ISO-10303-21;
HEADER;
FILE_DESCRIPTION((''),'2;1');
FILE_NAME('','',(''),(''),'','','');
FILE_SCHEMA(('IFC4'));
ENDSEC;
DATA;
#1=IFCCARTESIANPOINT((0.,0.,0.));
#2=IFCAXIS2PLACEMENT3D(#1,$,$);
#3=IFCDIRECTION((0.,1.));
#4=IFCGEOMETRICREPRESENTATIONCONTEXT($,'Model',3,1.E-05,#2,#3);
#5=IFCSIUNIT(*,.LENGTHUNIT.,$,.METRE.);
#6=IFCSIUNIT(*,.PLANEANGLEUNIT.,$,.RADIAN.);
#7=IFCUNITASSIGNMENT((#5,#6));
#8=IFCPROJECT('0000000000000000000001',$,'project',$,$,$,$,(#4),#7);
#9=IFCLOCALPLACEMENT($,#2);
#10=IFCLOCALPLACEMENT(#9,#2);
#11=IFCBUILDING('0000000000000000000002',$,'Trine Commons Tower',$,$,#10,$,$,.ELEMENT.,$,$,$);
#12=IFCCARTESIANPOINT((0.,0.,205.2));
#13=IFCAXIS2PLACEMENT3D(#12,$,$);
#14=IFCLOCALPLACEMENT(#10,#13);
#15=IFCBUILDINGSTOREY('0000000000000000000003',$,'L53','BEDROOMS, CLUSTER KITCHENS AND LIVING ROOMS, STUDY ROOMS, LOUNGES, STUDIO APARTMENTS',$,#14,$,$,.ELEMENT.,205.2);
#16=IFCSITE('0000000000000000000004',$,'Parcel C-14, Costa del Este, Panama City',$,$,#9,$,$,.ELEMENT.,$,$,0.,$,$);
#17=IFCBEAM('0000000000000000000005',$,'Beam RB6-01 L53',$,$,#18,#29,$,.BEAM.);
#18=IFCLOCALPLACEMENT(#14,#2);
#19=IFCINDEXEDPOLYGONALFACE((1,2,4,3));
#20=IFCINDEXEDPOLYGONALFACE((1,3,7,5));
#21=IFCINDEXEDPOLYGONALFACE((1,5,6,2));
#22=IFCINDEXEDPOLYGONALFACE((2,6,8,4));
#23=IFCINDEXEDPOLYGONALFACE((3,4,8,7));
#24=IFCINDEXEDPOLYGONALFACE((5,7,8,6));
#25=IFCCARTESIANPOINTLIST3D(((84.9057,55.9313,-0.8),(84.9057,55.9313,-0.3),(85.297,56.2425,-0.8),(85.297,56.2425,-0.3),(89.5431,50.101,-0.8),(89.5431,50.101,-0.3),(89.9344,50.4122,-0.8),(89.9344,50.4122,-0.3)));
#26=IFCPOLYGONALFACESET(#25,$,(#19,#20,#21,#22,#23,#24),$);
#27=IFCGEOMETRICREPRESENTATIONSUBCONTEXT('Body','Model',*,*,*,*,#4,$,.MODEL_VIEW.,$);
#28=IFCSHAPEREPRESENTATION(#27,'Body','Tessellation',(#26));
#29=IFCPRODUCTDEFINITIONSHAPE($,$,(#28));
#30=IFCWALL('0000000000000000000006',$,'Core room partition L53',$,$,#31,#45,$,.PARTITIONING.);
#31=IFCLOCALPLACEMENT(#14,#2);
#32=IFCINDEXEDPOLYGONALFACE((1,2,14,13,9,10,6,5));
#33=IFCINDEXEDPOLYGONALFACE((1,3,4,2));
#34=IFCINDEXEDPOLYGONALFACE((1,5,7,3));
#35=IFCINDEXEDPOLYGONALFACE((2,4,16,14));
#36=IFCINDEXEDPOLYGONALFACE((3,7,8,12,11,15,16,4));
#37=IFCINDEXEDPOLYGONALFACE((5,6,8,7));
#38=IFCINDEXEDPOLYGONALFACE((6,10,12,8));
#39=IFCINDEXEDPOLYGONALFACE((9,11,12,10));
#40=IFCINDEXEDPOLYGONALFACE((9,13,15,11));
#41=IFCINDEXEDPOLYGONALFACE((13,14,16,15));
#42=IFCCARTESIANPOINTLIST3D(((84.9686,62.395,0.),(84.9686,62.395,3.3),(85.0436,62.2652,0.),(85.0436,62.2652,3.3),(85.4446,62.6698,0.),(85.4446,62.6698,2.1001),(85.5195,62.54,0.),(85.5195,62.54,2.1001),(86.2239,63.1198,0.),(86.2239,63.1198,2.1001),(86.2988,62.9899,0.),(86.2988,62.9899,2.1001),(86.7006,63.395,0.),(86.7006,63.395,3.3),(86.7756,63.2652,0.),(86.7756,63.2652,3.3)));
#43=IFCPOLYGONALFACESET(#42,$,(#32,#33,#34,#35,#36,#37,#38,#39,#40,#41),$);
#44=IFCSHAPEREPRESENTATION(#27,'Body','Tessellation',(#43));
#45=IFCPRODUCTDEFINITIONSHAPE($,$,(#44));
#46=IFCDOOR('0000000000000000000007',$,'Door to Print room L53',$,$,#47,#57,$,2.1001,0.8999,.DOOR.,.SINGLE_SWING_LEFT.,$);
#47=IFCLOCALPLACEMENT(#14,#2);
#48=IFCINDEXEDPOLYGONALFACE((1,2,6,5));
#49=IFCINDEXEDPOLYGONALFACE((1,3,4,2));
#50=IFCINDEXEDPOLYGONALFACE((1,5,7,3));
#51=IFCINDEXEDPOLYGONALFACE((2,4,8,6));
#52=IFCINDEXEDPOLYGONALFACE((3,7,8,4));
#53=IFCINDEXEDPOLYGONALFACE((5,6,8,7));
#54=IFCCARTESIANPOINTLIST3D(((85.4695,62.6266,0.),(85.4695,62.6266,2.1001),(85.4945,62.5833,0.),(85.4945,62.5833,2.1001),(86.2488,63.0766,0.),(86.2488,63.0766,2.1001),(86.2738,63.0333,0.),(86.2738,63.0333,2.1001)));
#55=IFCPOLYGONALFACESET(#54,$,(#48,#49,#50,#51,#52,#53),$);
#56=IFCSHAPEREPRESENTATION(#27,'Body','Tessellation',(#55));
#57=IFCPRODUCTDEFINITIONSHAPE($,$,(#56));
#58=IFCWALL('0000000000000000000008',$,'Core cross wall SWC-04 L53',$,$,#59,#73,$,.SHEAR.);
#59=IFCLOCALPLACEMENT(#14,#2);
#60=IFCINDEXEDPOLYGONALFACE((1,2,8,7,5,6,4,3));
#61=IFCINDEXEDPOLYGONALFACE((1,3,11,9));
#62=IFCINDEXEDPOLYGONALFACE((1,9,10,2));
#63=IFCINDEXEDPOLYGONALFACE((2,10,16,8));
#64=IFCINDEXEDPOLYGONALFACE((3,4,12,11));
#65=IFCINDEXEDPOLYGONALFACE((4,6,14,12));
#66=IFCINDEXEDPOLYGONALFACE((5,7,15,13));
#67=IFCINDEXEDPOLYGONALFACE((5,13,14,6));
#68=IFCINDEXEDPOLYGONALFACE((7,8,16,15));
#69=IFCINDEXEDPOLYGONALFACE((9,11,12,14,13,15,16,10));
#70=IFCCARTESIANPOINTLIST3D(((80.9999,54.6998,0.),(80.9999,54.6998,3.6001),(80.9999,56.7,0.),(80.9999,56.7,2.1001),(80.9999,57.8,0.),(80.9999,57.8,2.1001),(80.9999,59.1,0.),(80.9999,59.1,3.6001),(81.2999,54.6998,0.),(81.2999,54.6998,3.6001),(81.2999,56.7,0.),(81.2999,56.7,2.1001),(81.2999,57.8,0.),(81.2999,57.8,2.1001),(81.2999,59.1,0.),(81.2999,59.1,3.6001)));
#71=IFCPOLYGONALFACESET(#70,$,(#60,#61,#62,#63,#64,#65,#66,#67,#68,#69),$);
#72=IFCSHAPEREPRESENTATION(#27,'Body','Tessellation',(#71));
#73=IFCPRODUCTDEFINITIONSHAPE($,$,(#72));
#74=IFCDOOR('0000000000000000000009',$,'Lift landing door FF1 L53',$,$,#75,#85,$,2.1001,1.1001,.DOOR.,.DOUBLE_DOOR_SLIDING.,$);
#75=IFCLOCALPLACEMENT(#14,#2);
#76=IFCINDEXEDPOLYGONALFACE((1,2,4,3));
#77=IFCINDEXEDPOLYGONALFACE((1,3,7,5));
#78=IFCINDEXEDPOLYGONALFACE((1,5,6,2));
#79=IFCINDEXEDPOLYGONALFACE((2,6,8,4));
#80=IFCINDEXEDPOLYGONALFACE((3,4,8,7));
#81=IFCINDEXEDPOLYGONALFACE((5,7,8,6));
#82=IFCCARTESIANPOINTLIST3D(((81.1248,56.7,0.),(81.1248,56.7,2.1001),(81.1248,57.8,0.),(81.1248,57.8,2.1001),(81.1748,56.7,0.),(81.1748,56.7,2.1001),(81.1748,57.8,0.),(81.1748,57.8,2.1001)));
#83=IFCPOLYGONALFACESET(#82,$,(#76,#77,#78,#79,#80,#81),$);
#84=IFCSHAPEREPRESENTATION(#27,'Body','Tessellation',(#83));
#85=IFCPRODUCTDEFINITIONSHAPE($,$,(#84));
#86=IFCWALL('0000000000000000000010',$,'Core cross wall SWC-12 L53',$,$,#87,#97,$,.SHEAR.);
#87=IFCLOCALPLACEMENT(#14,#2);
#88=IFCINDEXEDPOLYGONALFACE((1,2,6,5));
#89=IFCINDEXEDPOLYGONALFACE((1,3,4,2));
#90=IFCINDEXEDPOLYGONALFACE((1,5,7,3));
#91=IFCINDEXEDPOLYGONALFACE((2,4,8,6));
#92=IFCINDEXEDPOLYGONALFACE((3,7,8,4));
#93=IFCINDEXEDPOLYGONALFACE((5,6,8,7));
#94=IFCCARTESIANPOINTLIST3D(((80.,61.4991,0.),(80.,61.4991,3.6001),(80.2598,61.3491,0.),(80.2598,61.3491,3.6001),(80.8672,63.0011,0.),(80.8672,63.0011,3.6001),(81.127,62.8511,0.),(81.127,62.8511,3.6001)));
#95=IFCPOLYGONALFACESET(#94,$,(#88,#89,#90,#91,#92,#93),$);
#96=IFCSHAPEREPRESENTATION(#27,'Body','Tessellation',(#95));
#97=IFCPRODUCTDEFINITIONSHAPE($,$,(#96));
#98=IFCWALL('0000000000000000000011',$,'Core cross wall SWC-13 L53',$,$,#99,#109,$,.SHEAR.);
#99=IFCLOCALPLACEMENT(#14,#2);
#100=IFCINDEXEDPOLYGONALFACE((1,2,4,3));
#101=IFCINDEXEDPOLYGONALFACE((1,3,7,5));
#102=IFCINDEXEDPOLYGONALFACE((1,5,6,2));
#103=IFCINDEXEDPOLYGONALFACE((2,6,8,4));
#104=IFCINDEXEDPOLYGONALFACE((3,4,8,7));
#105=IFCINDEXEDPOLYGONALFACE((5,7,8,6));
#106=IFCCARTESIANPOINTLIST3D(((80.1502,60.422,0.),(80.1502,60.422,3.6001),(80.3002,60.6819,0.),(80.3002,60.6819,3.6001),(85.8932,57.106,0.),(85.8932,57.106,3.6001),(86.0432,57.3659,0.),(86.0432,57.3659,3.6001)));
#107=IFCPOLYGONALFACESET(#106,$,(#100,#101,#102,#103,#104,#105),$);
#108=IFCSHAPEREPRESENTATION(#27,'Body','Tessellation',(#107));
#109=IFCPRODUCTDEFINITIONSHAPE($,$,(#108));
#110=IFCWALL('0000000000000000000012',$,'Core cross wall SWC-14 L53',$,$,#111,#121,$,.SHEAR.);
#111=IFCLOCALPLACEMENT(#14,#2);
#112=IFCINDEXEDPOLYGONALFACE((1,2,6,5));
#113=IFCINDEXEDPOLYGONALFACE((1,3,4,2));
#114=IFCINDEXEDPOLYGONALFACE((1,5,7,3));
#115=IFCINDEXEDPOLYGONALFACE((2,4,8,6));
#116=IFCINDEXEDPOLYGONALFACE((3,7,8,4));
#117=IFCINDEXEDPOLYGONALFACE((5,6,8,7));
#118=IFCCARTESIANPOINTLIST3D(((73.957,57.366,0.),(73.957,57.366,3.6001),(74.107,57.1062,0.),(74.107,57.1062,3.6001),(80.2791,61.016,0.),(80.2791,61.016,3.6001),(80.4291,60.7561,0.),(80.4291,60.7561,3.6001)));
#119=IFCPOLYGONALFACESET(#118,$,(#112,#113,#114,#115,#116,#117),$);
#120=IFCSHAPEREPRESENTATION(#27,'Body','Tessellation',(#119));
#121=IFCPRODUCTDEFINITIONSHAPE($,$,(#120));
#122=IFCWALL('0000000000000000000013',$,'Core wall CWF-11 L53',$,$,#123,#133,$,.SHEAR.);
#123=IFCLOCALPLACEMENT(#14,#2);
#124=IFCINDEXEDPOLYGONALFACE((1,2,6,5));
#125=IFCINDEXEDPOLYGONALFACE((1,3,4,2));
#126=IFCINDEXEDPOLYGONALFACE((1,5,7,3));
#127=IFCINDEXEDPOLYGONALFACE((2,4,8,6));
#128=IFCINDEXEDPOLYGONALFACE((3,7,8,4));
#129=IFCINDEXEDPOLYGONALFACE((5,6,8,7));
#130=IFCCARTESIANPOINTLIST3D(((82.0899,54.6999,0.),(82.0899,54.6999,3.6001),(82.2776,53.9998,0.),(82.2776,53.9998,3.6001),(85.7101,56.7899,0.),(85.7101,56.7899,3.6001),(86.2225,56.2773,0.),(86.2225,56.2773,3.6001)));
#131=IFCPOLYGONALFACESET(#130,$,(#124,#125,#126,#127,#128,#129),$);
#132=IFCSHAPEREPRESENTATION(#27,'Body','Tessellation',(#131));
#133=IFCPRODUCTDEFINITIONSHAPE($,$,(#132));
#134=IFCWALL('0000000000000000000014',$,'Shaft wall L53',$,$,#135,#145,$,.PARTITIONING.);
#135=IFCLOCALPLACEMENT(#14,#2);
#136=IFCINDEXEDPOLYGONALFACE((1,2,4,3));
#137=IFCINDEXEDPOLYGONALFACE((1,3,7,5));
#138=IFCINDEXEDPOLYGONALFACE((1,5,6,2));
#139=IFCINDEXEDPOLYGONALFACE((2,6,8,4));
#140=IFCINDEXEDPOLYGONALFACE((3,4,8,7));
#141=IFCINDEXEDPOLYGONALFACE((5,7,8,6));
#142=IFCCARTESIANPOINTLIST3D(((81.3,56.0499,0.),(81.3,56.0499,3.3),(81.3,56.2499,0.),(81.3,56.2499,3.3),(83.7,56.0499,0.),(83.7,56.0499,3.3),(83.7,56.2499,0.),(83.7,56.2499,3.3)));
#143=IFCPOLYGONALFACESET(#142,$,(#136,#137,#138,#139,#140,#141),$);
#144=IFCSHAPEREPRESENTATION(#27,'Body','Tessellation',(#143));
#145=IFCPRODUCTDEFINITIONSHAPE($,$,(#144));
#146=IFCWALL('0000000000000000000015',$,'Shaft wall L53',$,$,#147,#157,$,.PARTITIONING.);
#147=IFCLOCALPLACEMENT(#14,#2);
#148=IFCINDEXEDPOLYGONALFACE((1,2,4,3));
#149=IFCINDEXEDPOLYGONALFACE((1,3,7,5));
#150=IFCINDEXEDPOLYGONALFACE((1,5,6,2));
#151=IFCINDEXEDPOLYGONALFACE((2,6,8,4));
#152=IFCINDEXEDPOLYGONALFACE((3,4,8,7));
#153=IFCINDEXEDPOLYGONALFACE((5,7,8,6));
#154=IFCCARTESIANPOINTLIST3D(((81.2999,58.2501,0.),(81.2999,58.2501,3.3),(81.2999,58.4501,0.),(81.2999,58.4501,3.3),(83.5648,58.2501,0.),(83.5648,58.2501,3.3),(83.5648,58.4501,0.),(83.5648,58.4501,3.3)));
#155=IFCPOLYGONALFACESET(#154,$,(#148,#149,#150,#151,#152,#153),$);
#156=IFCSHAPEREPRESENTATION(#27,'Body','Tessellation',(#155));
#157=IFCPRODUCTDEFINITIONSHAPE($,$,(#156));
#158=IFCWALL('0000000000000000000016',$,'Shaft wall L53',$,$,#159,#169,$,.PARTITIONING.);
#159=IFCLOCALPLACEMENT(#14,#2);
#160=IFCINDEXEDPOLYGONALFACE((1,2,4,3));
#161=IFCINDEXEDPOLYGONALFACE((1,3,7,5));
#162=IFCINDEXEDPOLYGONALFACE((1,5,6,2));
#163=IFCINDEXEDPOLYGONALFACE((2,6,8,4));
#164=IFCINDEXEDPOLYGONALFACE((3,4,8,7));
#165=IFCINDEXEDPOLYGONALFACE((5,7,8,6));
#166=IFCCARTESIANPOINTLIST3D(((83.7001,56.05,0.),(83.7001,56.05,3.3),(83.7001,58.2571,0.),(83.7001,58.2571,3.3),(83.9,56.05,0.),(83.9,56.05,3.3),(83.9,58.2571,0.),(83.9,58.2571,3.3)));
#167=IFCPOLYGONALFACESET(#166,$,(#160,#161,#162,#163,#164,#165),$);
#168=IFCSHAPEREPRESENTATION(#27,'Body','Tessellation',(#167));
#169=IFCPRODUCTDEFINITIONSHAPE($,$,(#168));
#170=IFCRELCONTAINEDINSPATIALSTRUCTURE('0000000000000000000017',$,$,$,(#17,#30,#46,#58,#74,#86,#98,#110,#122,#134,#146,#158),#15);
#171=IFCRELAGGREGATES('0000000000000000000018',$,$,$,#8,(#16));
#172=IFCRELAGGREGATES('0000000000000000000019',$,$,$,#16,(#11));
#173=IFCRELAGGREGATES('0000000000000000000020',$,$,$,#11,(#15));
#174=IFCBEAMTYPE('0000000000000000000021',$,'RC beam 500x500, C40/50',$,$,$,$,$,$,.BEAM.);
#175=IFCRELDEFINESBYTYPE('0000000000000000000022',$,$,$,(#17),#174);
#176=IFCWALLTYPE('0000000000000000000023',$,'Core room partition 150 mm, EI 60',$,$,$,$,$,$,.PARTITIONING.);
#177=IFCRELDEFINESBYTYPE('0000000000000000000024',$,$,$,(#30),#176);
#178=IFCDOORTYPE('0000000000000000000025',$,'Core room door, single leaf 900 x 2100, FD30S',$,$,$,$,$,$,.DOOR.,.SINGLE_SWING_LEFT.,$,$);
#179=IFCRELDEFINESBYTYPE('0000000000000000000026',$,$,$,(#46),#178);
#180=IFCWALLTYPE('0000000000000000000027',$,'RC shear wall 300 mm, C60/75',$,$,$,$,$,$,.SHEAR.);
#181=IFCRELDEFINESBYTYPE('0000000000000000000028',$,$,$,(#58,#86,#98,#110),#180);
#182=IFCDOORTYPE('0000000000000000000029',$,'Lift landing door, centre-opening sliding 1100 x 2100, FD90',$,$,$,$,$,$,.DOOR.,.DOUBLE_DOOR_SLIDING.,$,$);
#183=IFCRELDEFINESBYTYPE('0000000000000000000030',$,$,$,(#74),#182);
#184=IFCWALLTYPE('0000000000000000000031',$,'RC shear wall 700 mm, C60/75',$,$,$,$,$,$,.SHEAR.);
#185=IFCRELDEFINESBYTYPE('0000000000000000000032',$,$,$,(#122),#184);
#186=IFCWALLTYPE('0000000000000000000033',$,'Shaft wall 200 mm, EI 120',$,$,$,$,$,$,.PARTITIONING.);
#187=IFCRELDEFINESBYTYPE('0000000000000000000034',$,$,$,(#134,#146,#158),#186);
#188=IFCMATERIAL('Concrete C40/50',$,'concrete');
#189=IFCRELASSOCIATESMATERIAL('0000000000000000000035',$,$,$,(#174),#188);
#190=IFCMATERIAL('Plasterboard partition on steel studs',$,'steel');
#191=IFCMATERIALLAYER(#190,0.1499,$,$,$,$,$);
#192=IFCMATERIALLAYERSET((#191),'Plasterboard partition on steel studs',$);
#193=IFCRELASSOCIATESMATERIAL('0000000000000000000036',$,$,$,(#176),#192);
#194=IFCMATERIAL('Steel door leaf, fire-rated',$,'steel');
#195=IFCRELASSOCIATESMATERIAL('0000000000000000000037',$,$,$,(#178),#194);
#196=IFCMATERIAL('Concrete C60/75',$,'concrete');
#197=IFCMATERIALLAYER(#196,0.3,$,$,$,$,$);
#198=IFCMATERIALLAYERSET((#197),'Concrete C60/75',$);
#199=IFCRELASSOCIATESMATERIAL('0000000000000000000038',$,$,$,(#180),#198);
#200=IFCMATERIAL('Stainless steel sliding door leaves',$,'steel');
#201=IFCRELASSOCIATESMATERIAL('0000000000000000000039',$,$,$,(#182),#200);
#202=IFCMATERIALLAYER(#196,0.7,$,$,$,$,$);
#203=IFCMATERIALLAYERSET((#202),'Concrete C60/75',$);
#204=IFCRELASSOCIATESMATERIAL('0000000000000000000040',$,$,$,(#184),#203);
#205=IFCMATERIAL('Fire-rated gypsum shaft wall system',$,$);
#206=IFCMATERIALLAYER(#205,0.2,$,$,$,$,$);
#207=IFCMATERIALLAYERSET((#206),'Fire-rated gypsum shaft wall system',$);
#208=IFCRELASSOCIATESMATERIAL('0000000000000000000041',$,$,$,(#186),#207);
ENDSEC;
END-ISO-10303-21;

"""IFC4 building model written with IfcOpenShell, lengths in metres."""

from ifc_helpers import new_model, si_unit, direction, frame, frame_2d, origin, origin_2d, place, context, subcontext, project, spatial, polyline, rectangle, outline, extrude, material, layer, layer_set, material_profile, profile_set, type_object, element, fill, save


model = new_model("IFC4")

# Units and contexts
model_context = context("Model", 3, precision=1e-05, world=origin(), true_north=direction((0.0, 1.0)))
body_context = subcontext(model_context, "Body", "Model", "MODEL_VIEW")
ifc_project = project(units=[si_unit("LENGTHUNIT", "METRE"), si_unit("PLANEANGLEUNIT", "RADIAN")], contexts=[model_context])

# Site, building, storey
site_placement = place(None, origin())
site = spatial("IfcSite", under=ifc_project, at=site_placement, Name="Parcel C-14, Costa del Este, Panama City", CompositionType="ELEMENT", RefElevation=0.0)
building_placement = place(site_placement, origin())
building = spatial("IfcBuilding", under=site, at=building_placement, Name="Trine Commons Tower", CompositionType="ELEMENT")
storey_placement = place(building_placement, frame((0.0, 0.0, 205.2)))
storey = spatial("IfcBuildingStorey", under=building, at=storey_placement, Name="L53", Description="BEDROOMS, CLUSTER KITCHENS AND LIVING ROOMS, STUDY ROOMS, LOUNGES, STUDIO APARTMENTS", CompositionType="ELEMENT", Elevation=205.2)

# Beam
ifc_material_1 = material(Name="Concrete C40/50", Category="concrete")
ifc_material_profile = material_profile(ifc_material_1, rectangle(XDim=0.5, YDim=0.5, at=origin_2d()), Name="RC 500x500")
ifc_profile_set = profile_set([ifc_material_profile], Name="Concrete C40/50")
beam_type = type_object("IfcBeamType", Name="RC beam 500x500, C40/50", PredefinedType="BEAM", material=ifc_profile_set)
beam_placement = place(storey_placement, frame((85.1013, 56.0869, -0.55), z_axis=(0.622498, -0.782621, 0.0), x_axis=(0.782621, 0.622498, 0.0)))
element("IfcBeam", 1, at=beam_placement, inside=storey, type_object=beam_type, Name="Beam RB6-01 L53", PredefinedType="BEAM", context=body_context, shape_type="SweptSolid", body=[
    extrude(rectangle(XDim=0.5, YDim=0.5, at=origin_2d()), origin(), (0.0, 0.0, 1.0), 7.4497),
])

# Walls, openings, doors
ifc_material_2 = material(Name="Plasterboard partition on steel studs", Category="steel")
ifc_layer_1 = layer(ifc_material_2, 0.1499)
ifc_layer_set_1 = layer_set([ifc_layer_1], Name="Plasterboard partition on steel studs")
wall_type_1 = type_object("IfcWallType", Name="Core room partition 150 mm, EI 60", PredefinedType="PARTITIONING", material=ifc_layer_set_1)
wall_1_placement = place(storey_placement, frame((85.0061, 62.3301, 0.0), z_axis=(0.0, 0.0, 1.0), x_axis=(0.866011, 0.500025, 0.0)))
wall_1 = element("IfcWall", 2, at=wall_1_placement, inside=storey, type_object=wall_type_1, Name="Core room partition L53", PredefinedType="PARTITIONING", context=body_context, shape_type="SweptSolid", body=[
    extrude(rectangle(XDim=2.0, YDim=0.1499, at=frame_2d((1.0, 0.0))), origin(), (0.0, 0.0, 1.0), 3.3),
])
opening_1_placement = place(wall_1_placement, frame((0.5496, 0.0, 0.0)))
opening_1 = element("IfcOpeningElement", 3, at=opening_1_placement, cuts=wall_1, PredefinedType="OPENING", context=body_context, shape_type="SweptSolid", body=[
    extrude(rectangle(XDim=0.8999, YDim=2.1001, at=frame_2d((0.45, 1.05))), frame((0.0, 0.085, 0.0), z_axis=(0.0, -1.0, 0.0), x_axis=(1.0, 0.0, 0.0)), (0.0, 0.0, 1.0), 0.1699),
])
ifc_material_3 = material(Name="Steel door leaf, fire-rated", Category="steel")
door_type_1 = type_object("IfcDoorType", Name="Core room door, single leaf 900 x 2100, FD30S", OperationType="SINGLE_SWING_LEFT", PredefinedType="DOOR", material=ifc_material_3)
door_1_placement = place(opening_1_placement, frame((0.8999, 0.0, 0.0), z_axis=(0.0, 0.0, 1.0), x_axis=(-1.0, 0.0, 0.0)))
door_1 = element("IfcDoor", 4, at=door_1_placement, inside=storey, type_object=door_type_1, Name="Door to Print room L53", OperationType="SINGLE_SWING_LEFT", OverallHeight=2.1001, OverallWidth=0.8999, PredefinedType="DOOR", context=body_context, shape_type="SweptSolid", body=[
    extrude(rectangle(XDim=0.8999, YDim=2.1001, at=frame_2d((0.45, 1.05))), frame((0.0, 0.0249, 0.0), z_axis=(0.0, -1.0, 0.0), x_axis=(1.0, 0.0, 0.0)), (0.0, 0.0, 1.0), 0.05),
])
fill(opening_1, door_1)
ifc_material_4 = material(Name="Concrete C60/75", Category="concrete")
ifc_layer_2 = layer(ifc_material_4, 0.3)
ifc_layer_set_2 = layer_set([ifc_layer_2], Name="Concrete C60/75")
wall_type_2 = type_object("IfcWallType", Name="RC shear wall 300 mm, C60/75", PredefinedType="SHEAR", material=ifc_layer_set_2)
wall_2_placement = place(storey_placement, frame((81.1499, 59.1001, 0.0), z_axis=(0.0, 0.0, 1.0), x_axis=(0.0, -1.0, 0.0)))
wall_2 = element("IfcWall", 5, at=wall_2_placement, inside=storey, type_object=wall_type_2, Name="Core cross wall SWC-04 L53", PredefinedType="SHEAR", context=body_context, shape_type="SweptSolid", body=[
    extrude(rectangle(XDim=4.4001, YDim=0.3, at=frame_2d((2.2002, 0.0))), origin(), (0.0, 0.0, 1.0), 3.6001),
])
opening_2_placement = place(wall_2_placement, frame((1.3, 0.0, 0.0)))
opening_2 = element("IfcOpeningElement", 6, at=opening_2_placement, cuts=wall_2, PredefinedType="OPENING", context=body_context, shape_type="SweptSolid", body=[
    extrude(rectangle(XDim=1.1001, YDim=2.1001, at=frame_2d((0.55, 1.05))), frame((0.0, 0.1599, 0.0), z_axis=(0.0, -1.0, 0.0), x_axis=(1.0, 0.0, 0.0)), (0.0, 0.0, 1.0), 0.3201),
])
ifc_material_5 = material(Name="Stainless steel sliding door leaves", Category="steel")
door_type_2 = type_object("IfcDoorType", Name="Lift landing door, centre-opening sliding 1100 x 2100, FD90", OperationType="DOUBLE_DOOR_SLIDING", PredefinedType="DOOR", material=ifc_material_5)
door_2_placement = place(opening_2_placement, origin())
door_2 = element("IfcDoor", 7, at=door_2_placement, inside=storey, type_object=door_type_2, Name="Lift landing door FF1 L53", OperationType="DOUBLE_DOOR_SLIDING", OverallHeight=2.1001, OverallWidth=1.1001, PredefinedType="DOOR", context=body_context, shape_type="SweptSolid", body=[
    extrude(rectangle(XDim=1.1001, YDim=2.1001, at=frame_2d((0.55, 1.05))), frame((0.0, 0.0249, 0.0), z_axis=(0.0, -1.0, 0.0), x_axis=(1.0, 0.0, 0.0)), (0.0, 0.0, 1.0), 0.05),
])
fill(opening_2, door_2)

# Walls
wall_3_placement = place(storey_placement, frame((80.1299, 61.4241, 0.0), z_axis=(0.0, 0.0, 1.0), x_axis=(0.500015, 0.866017, 0.0)))
element("IfcWall", 8, at=wall_3_placement, inside=storey, type_object=wall_type_2, Name="Core cross wall SWC-12 L53", PredefinedType="SHEAR", context=body_context, shape_type="SweptSolid", body=[
    extrude(rectangle(XDim=1.7344, YDim=0.3, at=frame_2d((0.8672, 0.0))), origin(), (0.0, 0.0, 1.0), 3.6001),
])
wall_4_placement = place(storey_placement, frame((80.2251, 60.552, 0.0), z_axis=(0.0, 0.0, 1.0), x_axis=(0.86601, -0.500027, 0.0)))
element("IfcWall", 9, at=wall_4_placement, inside=storey, type_object=wall_type_2, Name="Core cross wall SWC-13 L53", PredefinedType="SHEAR", context=body_context, shape_type="SweptSolid", body=[
    extrude(rectangle(XDim=6.6316, YDim=0.3, at=frame_2d((3.3159, 0.0))), origin(), (0.0, 0.0, 1.0), 3.6001),
])
wall_5_placement = place(storey_placement, frame((80.354, 60.886, 0.0), z_axis=(0.0, 0.0, 1.0), x_axis=(-0.866032, -0.499988, 0.0)))
element("IfcWall", 10, at=wall_5_placement, inside=storey, type_object=wall_type_2, Name="Core cross wall SWC-14 L53", PredefinedType="SHEAR", context=body_context, shape_type="SweptSolid", body=[
    extrude(rectangle(XDim=7.3, YDim=0.3, at=frame_2d((3.6499, 0.0))), origin(), (0.0, 0.0, 1.0), 3.6001),
])
ifc_layer_3 = layer(ifc_material_4, 0.7)
ifc_layer_set_3 = layer_set([ifc_layer_3], Name="Concrete C60/75")
wall_type_3 = type_object("IfcWallType", Name="RC shear wall 700 mm, C60/75", PredefinedType="SHEAR", material=ifc_layer_set_3)
wall_6_placement = place(storey_placement, frame((82.1025, 54.303, 0.0), z_axis=(0.0, 0.0, 1.0), x_axis=(0.866035, 0.499984, 0.0)))
element("IfcWall", 11, at=wall_6_placement, inside=storey, type_object=wall_type_3, Name="Core wall CWF-11 L53", PredefinedType="SHEAR", context=body_context, shape_type="SweptSolid", body=[
    extrude(outline(polyline([(0.0, -0.3501), (4.5552, -0.3501), (4.3677, 0.3501), (0.1875, 0.3501), (0.0, -0.3501)])), origin(), (0.0, 0.0, 1.0), 3.6001),
])
ifc_material_6 = material(Name="Fire-rated gypsum shaft wall system")
ifc_layer_4 = layer(ifc_material_6, 0.2)
ifc_layer_set_4 = layer_set([ifc_layer_4], Name="Fire-rated gypsum shaft wall system")
wall_type_4 = type_object("IfcWallType", Name="Shaft wall 200 mm, EI 120", PredefinedType="PARTITIONING", material=ifc_layer_set_4)
wall_7_placement = place(storey_placement, frame((81.3, 56.1499, 0.0), z_axis=(0.0, 0.0, 1.0), x_axis=(1.0, 0.0, 0.0)))
element("IfcWall", 12, at=wall_7_placement, inside=storey, type_object=wall_type_4, Name="Shaft wall L53", PredefinedType="PARTITIONING", context=body_context, shape_type="SweptSolid", body=[
    extrude(rectangle(XDim=2.3999, YDim=0.2, at=frame_2d((1.2, 0.0))), origin(), (0.0, 0.0, 1.0), 3.3),
])
wall_8_placement = place(storey_placement, frame((81.3, 58.3501, 0.0), z_axis=(0.0, 0.0, 1.0), x_axis=(1.0, 0.0, 0.0)))
element("IfcWall", 13, at=wall_8_placement, inside=storey, type_object=wall_type_4, Name="Shaft wall L53", PredefinedType="PARTITIONING", context=body_context, shape_type="SweptSolid", body=[
    extrude(rectangle(XDim=2.2649, YDim=0.2, at=frame_2d((1.1323, 0.0))), origin(), (0.0, 0.0, 1.0), 3.3),
])
wall_9_placement = place(storey_placement, frame((83.8, 58.2571, 0.0), z_axis=(0.0, 0.0, 1.0), x_axis=(0.0, -1.0, 0.0)))
element("IfcWall", 14, at=wall_9_placement, inside=storey, type_object=wall_type_4, Name="Shaft wall L53", PredefinedType="PARTITIONING", context=body_context, shape_type="SweptSolid", body=[
    extrude(rectangle(XDim=2.207, YDim=0.2, at=frame_2d((1.1035, 0.0))), origin(), (0.0, 0.0, 1.0), 3.3),
])

save(model, "model.ifc")
